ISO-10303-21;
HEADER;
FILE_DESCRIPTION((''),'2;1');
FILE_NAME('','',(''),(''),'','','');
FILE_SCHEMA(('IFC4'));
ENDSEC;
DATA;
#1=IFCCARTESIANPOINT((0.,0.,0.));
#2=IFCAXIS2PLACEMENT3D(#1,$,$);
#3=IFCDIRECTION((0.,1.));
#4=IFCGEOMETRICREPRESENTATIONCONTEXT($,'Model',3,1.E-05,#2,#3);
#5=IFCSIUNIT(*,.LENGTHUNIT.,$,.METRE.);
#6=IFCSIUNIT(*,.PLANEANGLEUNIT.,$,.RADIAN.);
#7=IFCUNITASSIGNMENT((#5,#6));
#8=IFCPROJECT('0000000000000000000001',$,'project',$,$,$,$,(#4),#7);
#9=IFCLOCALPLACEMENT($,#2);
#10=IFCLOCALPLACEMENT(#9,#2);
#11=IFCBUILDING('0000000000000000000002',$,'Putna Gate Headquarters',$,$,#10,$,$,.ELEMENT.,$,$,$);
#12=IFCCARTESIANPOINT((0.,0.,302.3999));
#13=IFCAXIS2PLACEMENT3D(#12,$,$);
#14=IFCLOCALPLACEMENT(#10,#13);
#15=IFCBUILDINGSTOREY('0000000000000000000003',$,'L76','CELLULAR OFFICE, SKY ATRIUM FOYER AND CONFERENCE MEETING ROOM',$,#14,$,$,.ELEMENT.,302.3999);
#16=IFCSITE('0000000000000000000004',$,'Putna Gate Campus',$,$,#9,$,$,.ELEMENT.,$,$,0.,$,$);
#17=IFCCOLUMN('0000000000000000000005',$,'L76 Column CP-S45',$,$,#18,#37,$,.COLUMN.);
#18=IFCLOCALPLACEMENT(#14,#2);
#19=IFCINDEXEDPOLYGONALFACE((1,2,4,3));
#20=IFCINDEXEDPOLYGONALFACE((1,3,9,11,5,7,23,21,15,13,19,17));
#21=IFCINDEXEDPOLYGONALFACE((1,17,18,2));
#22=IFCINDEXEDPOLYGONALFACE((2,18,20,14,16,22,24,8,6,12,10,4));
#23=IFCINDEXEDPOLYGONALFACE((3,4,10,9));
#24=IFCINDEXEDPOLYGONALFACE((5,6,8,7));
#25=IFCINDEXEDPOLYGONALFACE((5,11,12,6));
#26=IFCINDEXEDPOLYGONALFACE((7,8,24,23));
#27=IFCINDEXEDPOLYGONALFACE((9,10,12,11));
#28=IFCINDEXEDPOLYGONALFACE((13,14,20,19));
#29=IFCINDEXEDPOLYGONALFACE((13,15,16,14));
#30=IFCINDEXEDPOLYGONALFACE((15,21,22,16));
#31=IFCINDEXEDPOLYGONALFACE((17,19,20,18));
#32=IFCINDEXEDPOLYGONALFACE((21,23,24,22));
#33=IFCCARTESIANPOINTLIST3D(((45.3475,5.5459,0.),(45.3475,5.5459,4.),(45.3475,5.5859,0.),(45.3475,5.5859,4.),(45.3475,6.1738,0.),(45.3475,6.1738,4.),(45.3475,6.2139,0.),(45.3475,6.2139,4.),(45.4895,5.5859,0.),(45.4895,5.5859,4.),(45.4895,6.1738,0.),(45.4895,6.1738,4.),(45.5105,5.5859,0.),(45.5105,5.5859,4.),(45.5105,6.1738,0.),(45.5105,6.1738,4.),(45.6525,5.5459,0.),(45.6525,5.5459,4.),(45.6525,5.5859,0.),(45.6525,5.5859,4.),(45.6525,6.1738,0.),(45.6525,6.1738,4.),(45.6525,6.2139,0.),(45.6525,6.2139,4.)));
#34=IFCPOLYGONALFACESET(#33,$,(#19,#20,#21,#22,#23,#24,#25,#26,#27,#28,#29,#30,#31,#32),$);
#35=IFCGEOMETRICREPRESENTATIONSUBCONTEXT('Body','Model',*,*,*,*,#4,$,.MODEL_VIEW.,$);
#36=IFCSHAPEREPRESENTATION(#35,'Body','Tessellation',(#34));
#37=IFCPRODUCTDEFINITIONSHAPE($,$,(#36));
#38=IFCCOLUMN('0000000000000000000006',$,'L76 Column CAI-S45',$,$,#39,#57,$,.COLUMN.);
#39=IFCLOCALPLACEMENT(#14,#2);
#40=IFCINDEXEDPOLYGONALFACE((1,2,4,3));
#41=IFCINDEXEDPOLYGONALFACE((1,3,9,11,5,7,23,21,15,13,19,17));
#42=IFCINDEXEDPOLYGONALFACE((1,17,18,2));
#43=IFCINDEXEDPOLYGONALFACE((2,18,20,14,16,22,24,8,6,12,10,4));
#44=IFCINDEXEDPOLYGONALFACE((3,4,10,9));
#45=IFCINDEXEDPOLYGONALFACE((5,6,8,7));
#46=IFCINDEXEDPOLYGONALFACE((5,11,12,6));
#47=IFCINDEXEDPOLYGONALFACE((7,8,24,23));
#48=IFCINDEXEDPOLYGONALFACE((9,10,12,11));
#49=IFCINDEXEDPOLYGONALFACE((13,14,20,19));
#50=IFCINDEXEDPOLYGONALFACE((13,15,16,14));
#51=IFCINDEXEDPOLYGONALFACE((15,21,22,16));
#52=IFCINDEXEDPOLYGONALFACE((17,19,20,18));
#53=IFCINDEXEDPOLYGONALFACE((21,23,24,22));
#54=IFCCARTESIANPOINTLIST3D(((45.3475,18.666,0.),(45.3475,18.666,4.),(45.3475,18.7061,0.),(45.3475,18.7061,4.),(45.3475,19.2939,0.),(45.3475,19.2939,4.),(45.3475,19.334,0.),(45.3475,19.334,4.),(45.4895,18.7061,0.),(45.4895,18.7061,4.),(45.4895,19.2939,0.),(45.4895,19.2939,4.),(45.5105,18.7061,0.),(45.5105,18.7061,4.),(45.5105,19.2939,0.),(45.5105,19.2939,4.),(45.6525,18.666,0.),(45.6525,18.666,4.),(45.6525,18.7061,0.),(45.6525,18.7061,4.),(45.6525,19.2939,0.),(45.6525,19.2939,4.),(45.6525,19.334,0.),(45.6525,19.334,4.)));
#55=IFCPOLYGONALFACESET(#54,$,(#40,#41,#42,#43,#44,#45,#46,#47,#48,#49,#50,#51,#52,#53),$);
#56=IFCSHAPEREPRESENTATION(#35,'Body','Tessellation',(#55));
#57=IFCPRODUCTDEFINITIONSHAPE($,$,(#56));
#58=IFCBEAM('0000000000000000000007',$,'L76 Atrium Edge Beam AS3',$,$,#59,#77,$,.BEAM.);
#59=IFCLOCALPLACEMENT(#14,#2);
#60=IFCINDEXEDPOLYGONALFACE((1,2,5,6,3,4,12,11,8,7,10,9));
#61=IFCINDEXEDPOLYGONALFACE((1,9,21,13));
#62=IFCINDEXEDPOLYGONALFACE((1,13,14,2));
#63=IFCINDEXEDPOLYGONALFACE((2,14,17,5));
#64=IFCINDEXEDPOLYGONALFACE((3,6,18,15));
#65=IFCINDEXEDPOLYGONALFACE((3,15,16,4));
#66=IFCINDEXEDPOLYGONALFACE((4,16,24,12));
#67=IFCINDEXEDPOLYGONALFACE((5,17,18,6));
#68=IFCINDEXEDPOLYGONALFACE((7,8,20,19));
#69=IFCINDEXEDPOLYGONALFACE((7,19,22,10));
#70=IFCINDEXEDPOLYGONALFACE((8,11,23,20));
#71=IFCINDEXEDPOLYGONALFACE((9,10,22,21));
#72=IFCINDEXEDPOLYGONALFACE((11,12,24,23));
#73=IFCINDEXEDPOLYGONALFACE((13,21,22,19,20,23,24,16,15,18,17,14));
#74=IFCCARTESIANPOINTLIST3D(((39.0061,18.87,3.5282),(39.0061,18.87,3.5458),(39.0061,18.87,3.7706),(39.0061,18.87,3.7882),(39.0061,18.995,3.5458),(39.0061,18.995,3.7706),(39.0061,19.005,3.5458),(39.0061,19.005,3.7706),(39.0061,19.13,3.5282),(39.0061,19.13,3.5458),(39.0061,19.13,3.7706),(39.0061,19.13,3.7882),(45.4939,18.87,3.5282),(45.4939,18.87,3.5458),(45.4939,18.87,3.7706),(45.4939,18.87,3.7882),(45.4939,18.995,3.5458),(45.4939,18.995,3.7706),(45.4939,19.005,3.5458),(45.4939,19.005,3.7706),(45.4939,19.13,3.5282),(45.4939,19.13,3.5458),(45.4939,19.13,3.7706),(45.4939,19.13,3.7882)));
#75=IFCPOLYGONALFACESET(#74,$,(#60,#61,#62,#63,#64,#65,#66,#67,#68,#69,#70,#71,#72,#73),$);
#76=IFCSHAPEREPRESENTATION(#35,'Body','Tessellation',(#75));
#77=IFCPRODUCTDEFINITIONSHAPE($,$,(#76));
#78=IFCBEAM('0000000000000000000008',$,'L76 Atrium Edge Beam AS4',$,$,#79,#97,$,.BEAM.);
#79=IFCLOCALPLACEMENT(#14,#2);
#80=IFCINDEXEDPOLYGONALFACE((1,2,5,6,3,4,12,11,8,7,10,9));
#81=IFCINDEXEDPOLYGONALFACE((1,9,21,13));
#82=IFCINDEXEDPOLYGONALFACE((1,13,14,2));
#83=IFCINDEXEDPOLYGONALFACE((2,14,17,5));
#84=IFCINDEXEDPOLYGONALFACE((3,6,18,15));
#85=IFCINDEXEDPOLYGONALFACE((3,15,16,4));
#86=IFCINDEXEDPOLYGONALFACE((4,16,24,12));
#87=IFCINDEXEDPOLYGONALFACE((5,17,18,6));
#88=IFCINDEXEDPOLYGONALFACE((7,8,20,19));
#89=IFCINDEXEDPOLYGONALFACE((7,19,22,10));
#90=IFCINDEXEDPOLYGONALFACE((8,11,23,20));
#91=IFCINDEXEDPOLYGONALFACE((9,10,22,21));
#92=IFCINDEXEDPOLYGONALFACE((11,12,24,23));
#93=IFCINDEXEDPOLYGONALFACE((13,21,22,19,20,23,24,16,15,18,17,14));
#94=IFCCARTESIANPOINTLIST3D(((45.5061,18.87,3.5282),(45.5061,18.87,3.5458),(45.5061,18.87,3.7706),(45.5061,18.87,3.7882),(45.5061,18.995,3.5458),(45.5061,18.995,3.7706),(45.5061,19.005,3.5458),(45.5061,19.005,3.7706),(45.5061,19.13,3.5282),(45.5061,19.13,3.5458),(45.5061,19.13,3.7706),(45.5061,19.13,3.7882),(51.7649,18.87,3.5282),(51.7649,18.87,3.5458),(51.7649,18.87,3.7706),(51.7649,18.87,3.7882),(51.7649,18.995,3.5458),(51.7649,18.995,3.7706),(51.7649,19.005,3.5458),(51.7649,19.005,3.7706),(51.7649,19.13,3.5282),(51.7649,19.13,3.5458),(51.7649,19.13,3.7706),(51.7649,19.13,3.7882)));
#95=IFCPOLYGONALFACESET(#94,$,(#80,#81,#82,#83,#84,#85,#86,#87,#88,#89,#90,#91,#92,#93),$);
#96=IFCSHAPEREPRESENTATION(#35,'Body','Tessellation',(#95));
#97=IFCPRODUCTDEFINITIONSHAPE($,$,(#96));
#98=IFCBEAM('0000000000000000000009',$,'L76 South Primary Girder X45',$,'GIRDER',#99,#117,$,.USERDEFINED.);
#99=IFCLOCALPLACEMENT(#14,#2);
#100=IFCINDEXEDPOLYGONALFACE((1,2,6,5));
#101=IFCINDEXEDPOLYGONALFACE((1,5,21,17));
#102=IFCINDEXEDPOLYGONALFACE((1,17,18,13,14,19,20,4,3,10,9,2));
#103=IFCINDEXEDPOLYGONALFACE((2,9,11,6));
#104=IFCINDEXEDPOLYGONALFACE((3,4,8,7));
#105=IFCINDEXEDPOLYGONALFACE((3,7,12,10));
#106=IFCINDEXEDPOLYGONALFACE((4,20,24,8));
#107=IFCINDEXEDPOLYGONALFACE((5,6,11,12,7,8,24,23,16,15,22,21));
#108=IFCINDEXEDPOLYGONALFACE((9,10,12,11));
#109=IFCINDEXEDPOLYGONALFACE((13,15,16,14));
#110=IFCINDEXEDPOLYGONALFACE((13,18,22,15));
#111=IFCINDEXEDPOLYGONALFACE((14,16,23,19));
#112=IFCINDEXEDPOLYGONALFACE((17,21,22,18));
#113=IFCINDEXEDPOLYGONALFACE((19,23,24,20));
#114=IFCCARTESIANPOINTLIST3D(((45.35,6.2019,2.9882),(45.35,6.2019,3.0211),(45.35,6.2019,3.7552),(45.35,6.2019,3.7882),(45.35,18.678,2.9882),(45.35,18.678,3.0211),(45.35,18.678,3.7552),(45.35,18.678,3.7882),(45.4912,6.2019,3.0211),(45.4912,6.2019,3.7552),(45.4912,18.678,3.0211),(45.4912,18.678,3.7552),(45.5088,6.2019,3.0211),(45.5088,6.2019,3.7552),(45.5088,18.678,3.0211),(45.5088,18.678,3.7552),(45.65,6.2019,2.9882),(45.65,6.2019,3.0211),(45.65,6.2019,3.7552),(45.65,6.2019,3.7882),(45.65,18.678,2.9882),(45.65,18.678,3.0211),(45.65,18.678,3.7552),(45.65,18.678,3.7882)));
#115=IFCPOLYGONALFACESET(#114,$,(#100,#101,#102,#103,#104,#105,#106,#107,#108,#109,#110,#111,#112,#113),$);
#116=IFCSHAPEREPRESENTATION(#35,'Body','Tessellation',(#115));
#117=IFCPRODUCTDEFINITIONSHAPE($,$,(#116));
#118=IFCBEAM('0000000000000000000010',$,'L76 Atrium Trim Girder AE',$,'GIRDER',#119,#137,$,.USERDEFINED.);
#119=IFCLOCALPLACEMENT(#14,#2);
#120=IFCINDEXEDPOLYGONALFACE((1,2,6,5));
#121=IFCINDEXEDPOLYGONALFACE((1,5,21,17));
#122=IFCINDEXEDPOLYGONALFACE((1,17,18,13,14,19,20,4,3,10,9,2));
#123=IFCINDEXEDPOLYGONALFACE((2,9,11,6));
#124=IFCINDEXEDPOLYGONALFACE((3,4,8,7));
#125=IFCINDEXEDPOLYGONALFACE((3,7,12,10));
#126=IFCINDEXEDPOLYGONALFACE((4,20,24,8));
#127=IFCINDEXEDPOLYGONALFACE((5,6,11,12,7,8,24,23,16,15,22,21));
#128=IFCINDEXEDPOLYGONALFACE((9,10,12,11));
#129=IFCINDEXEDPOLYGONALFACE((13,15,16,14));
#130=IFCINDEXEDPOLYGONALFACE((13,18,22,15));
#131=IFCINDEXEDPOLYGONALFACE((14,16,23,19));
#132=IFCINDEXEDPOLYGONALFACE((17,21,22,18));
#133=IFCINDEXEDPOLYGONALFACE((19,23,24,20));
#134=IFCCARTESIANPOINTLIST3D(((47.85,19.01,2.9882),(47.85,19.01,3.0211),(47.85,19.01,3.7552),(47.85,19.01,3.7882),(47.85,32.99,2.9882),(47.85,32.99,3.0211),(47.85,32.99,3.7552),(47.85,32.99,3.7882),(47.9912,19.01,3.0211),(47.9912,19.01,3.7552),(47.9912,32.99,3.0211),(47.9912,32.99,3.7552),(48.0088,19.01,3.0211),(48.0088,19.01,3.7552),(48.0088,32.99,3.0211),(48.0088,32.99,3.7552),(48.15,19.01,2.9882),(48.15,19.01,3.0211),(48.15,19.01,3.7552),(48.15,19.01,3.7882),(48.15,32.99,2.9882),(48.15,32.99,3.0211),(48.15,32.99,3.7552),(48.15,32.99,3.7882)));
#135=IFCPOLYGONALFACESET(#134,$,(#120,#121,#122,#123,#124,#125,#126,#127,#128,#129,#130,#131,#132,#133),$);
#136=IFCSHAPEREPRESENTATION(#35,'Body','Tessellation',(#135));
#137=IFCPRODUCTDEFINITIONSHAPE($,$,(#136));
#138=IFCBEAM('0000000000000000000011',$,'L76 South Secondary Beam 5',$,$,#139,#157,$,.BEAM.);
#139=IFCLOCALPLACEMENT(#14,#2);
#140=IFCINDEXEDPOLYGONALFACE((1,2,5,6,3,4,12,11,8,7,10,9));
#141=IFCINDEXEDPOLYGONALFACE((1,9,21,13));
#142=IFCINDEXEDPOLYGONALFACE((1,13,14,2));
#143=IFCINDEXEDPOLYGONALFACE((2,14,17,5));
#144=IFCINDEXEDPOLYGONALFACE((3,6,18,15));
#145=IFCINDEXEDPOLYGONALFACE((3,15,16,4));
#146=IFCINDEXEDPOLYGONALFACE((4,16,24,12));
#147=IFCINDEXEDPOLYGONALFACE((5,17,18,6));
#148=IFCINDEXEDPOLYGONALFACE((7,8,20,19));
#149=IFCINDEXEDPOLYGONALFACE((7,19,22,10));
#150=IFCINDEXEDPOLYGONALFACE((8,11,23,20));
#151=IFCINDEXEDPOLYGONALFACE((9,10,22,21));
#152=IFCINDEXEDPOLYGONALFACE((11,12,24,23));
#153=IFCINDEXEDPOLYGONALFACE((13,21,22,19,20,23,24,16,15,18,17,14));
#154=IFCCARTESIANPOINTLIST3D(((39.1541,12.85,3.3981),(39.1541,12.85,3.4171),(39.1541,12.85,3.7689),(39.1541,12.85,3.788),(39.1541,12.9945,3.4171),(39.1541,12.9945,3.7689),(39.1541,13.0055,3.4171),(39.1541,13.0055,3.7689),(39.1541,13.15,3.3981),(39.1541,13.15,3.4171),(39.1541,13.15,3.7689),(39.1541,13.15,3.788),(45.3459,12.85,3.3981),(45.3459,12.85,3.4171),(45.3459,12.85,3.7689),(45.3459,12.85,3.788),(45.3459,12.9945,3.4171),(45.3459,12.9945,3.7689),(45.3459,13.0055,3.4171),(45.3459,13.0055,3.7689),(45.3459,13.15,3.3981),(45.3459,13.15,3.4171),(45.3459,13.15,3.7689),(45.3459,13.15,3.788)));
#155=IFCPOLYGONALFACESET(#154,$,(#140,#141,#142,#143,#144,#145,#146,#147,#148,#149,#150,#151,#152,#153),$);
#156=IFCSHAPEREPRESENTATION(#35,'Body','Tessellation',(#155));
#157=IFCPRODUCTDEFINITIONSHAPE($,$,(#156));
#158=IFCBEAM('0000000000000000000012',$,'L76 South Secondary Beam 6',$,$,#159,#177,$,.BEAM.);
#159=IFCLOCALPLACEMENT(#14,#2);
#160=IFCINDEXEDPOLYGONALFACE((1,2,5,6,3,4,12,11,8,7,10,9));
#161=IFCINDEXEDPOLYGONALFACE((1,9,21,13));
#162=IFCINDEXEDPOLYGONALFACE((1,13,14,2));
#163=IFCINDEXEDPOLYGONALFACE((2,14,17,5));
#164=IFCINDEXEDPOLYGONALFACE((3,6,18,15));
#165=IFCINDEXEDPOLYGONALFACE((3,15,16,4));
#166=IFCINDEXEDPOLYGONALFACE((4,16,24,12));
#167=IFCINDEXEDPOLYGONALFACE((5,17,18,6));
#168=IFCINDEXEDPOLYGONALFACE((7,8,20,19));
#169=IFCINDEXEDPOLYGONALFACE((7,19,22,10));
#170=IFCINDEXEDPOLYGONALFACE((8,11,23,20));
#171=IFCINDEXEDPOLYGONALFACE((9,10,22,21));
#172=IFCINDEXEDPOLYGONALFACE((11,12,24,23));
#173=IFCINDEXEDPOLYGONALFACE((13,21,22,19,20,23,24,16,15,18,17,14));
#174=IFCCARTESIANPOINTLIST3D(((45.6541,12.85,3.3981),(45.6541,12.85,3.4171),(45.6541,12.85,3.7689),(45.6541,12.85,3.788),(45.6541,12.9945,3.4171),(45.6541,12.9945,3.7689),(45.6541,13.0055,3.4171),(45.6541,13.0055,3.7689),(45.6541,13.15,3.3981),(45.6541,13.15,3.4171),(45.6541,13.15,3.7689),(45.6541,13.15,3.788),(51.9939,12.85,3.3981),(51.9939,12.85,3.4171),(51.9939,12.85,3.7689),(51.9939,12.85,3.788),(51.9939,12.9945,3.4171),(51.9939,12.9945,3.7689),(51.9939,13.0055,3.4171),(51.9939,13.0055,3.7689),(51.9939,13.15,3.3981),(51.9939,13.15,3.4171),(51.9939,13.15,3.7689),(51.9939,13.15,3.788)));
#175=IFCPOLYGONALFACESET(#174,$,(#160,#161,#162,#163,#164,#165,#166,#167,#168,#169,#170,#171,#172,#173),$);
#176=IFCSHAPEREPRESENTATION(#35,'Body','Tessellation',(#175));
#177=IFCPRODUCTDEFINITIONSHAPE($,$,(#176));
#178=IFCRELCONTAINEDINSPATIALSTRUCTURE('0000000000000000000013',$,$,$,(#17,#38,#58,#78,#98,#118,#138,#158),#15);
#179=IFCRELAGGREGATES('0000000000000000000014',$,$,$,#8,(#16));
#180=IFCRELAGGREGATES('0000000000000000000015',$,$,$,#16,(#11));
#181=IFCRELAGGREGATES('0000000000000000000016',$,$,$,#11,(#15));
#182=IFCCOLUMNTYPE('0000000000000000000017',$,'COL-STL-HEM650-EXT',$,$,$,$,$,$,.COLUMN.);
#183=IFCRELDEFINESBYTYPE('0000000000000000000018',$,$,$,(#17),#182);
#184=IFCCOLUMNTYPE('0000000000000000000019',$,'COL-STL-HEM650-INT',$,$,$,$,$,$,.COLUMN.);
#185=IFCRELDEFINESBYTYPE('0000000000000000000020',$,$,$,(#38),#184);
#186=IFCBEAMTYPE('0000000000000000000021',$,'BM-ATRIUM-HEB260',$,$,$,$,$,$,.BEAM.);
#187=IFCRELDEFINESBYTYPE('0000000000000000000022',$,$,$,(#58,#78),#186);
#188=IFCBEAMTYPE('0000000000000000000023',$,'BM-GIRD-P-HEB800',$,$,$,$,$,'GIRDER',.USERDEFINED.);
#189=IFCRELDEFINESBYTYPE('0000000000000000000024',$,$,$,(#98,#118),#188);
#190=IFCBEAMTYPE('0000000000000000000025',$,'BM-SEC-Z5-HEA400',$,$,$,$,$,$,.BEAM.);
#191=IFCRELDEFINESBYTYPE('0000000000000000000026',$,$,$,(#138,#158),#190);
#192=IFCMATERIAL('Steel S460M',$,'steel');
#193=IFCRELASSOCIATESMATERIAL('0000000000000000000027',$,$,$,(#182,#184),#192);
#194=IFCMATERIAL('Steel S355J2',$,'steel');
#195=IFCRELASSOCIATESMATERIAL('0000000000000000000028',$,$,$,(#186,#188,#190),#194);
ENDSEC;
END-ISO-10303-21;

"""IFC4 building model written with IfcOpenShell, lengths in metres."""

from ifc_helpers import new_model, si_unit, direction, frame, origin, origin_2d, place, context, subcontext, project, spatial, i_section, extrude, material, material_profile, profile_set, type_object, element, save


model = new_model("IFC4")

# Units and contexts
model_context = context("Model", 3, precision=1e-05, world=origin(), true_north=direction((0.0, 1.0)))
body_context = subcontext(model_context, "Body", "Model", "MODEL_VIEW")
ifc_project = project(units=[si_unit("LENGTHUNIT", "METRE"), si_unit("PLANEANGLEUNIT", "RADIAN")], contexts=[model_context])

# Site, building, storey
site_placement = place(None, origin())
site = spatial("IfcSite", under=ifc_project, at=site_placement, Name="Putna Gate Campus", CompositionType="ELEMENT", RefElevation=0.0)
building_placement = place(site_placement, origin())
building = spatial("IfcBuilding", under=site, at=building_placement, Name="Putna Gate Headquarters", CompositionType="ELEMENT")
storey_placement = place(building_placement, frame((0.0, 0.0, 302.3999)))
storey = spatial("IfcBuildingStorey", under=building, at=storey_placement, Name="L76", Description="CELLULAR OFFICE, SKY ATRIUM FOYER AND CONFERENCE MEETING ROOM", CompositionType="ELEMENT", Elevation=302.3999)

# Columns
ifc_material_1 = material(Name="Steel S460M", Category="steel")
ifc_material_profile_1 = material_profile(ifc_material_1, i_section(OverallWidth=0.3049, OverallDepth=0.668, WebThickness=0.021, FlangeThickness=0.04, at=origin_2d()), Name="Steel S460M")
ifc_profile_set_1 = profile_set([ifc_material_profile_1], Name="Steel S460M")
column_type_1 = type_object("IfcColumnType", Name="COL-STL-HEM650-EXT", PredefinedType="COLUMN", material=ifc_profile_set_1)
column_1_placement = place(storey_placement, frame((45.5, 5.8799, 0.0), z_axis=(0.0, 0.0, 1.0), x_axis=(1.0, 0.0, 0.0)))
element("IfcColumn", 1, at=column_1_placement, inside=storey, type_object=column_type_1, Name="L76 Column CP-S45", PredefinedType="COLUMN", context=body_context, shape_type="SweptSolid", body=[
    extrude(i_section(OverallWidth=0.3049, OverallDepth=0.668, WebThickness=0.021, FlangeThickness=0.04, at=origin_2d()), origin(), (0.0, 0.0, 1.0), 4.0),
])
ifc_material_profile_2 = material_profile(ifc_material_1, i_section(OverallWidth=0.3049, OverallDepth=0.668, WebThickness=0.021, FlangeThickness=0.04, at=origin_2d()), Name="Steel S460M")
ifc_profile_set_2 = profile_set([ifc_material_profile_2], Name="Steel S460M")
column_type_2 = type_object("IfcColumnType", Name="COL-STL-HEM650-INT", PredefinedType="COLUMN", material=ifc_profile_set_2)
column_2_placement = place(storey_placement, frame((45.5, 19.0, 0.0), z_axis=(0.0, 0.0, 1.0), x_axis=(1.0, 0.0, 0.0)))
element("IfcColumn", 2, at=column_2_placement, inside=storey, type_object=column_type_2, Name="L76 Column CAI-S45", PredefinedType="COLUMN", context=body_context, shape_type="SweptSolid", body=[
    extrude(i_section(OverallWidth=0.3049, OverallDepth=0.668, WebThickness=0.021, FlangeThickness=0.04, at=origin_2d()), origin(), (0.0, 0.0, 1.0), 4.0),
])

# Beams
ifc_material_2 = material(Name="Steel S355J2", Category="steel")
ifc_material_profile_3 = material_profile(ifc_material_2, i_section(OverallWidth=0.26, OverallDepth=0.26, WebThickness=0.01, FlangeThickness=0.0176, at=origin_2d()), Name="Steel S355J2")
ifc_profile_set_3 = profile_set([ifc_material_profile_3], Name="Steel S355J2")
beam_type_1 = type_object("IfcBeamType", Name="BM-ATRIUM-HEB260", PredefinedType="BEAM", material=ifc_profile_set_3)
beam_1_placement = place(storey_placement, frame((39.0061, 19.0, 3.6582), z_axis=(1.0, 0.0, 0.0), x_axis=(0.0, 1.0, 0.0)))
element("IfcBeam", 3, at=beam_1_placement, inside=storey, type_object=beam_type_1, Name="L76 Atrium Edge Beam AS3", PredefinedType="BEAM", context=body_context, shape_type="SweptSolid", body=[
    extrude(i_section(OverallWidth=0.26, OverallDepth=0.26, WebThickness=0.01, FlangeThickness=0.0176, at=origin_2d()), origin(), (0.0, 0.0, 1.0), 6.4878),
])
beam_2_placement = place(storey_placement, frame((45.5061, 19.0, 3.6582), z_axis=(1.0, 0.0, 0.0), x_axis=(0.0, 1.0, 0.0)))
element("IfcBeam", 4, at=beam_2_placement, inside=storey, type_object=beam_type_1, Name="L76 Atrium Edge Beam AS4", PredefinedType="BEAM", context=body_context, shape_type="SweptSolid", body=[
    extrude(i_section(OverallWidth=0.26, OverallDepth=0.26, WebThickness=0.01, FlangeThickness=0.0176, at=origin_2d()), origin(), (0.0, 0.0, 1.0), 6.2588),
])
ifc_material_profile_4 = material_profile(ifc_material_2, i_section(OverallWidth=0.3, OverallDepth=0.8, WebThickness=0.0176, FlangeThickness=0.033, at=origin_2d()), Name="Steel S355J2")
ifc_profile_set_4 = profile_set([ifc_material_profile_4], Name="Steel S355J2")
beam_type_2 = type_object("IfcBeamType", Name="BM-GIRD-P-HEB800", ElementType="GIRDER", PredefinedType="USERDEFINED", material=ifc_profile_set_4)
beam_3_placement = place(storey_placement, frame((45.5, 6.2019, 3.3882), z_axis=(0.0, 1.0, 0.0), x_axis=(-1.0, 0.0, 0.0)))
element("IfcBeam", 5, at=beam_3_placement, inside=storey, type_object=beam_type_2, Name="L76 South Primary Girder X45", ObjectType="GIRDER", PredefinedType="USERDEFINED", context=body_context, shape_type="SweptSolid", body=[
    extrude(i_section(OverallWidth=0.3, OverallDepth=0.8, WebThickness=0.0176, FlangeThickness=0.033, at=origin_2d()), origin(), (0.0, 0.0, 1.0), 12.4761),
])
beam_4_placement = place(storey_placement, frame((48.0, 19.01, 3.3882), z_axis=(0.0, 1.0, 0.0), x_axis=(-1.0, 0.0, 0.0)))
element("IfcBeam", 6, at=beam_4_placement, inside=storey, type_object=beam_type_2, Name="L76 Atrium Trim Girder AE", ObjectType="GIRDER", PredefinedType="USERDEFINED", context=body_context, shape_type="SweptSolid", body=[
    extrude(i_section(OverallWidth=0.3, OverallDepth=0.8, WebThickness=0.0176, FlangeThickness=0.033, at=origin_2d()), origin(), (0.0, 0.0, 1.0), 13.98),
])
ifc_material_profile_5 = material_profile(ifc_material_2, i_section(OverallWidth=0.3, OverallDepth=0.3899, WebThickness=0.011, FlangeThickness=0.019, at=origin_2d()), Name="Steel S355J2")
ifc_profile_set_5 = profile_set([ifc_material_profile_5], Name="Steel S355J2")
beam_type_3 = type_object("IfcBeamType", Name="BM-SEC-Z5-HEA400", PredefinedType="BEAM", material=ifc_profile_set_5)
beam_5_placement = place(storey_placement, frame((39.1541, 13.0, 3.593), z_axis=(1.0, 0.0, 0.0), x_axis=(0.0, 1.0, 0.0)))
element("IfcBeam", 7, at=beam_5_placement, inside=storey, type_object=beam_type_3, Name="L76 South Secondary Beam 5", PredefinedType="BEAM", context=body_context, shape_type="SweptSolid", body=[
    extrude(i_section(OverallWidth=0.3, OverallDepth=0.3899, WebThickness=0.011, FlangeThickness=0.019, at=origin_2d()), origin(), (0.0, 0.0, 1.0), 6.1919),
])
beam_6_placement = place(storey_placement, frame((45.6541, 13.0, 3.593), z_axis=(1.0, 0.0, 0.0), x_axis=(0.0, 1.0, 0.0)))
element("IfcBeam", 8, at=beam_6_placement, inside=storey, type_object=beam_type_3, Name="L76 South Secondary Beam 6", PredefinedType="BEAM", context=body_context, shape_type="SweptSolid", body=[
    extrude(i_section(OverallWidth=0.3, OverallDepth=0.3899, WebThickness=0.011, FlangeThickness=0.019, at=origin_2d()), origin(), (0.0, 0.0, 1.0), 6.3398),
])

save(model, "model.ifc")
